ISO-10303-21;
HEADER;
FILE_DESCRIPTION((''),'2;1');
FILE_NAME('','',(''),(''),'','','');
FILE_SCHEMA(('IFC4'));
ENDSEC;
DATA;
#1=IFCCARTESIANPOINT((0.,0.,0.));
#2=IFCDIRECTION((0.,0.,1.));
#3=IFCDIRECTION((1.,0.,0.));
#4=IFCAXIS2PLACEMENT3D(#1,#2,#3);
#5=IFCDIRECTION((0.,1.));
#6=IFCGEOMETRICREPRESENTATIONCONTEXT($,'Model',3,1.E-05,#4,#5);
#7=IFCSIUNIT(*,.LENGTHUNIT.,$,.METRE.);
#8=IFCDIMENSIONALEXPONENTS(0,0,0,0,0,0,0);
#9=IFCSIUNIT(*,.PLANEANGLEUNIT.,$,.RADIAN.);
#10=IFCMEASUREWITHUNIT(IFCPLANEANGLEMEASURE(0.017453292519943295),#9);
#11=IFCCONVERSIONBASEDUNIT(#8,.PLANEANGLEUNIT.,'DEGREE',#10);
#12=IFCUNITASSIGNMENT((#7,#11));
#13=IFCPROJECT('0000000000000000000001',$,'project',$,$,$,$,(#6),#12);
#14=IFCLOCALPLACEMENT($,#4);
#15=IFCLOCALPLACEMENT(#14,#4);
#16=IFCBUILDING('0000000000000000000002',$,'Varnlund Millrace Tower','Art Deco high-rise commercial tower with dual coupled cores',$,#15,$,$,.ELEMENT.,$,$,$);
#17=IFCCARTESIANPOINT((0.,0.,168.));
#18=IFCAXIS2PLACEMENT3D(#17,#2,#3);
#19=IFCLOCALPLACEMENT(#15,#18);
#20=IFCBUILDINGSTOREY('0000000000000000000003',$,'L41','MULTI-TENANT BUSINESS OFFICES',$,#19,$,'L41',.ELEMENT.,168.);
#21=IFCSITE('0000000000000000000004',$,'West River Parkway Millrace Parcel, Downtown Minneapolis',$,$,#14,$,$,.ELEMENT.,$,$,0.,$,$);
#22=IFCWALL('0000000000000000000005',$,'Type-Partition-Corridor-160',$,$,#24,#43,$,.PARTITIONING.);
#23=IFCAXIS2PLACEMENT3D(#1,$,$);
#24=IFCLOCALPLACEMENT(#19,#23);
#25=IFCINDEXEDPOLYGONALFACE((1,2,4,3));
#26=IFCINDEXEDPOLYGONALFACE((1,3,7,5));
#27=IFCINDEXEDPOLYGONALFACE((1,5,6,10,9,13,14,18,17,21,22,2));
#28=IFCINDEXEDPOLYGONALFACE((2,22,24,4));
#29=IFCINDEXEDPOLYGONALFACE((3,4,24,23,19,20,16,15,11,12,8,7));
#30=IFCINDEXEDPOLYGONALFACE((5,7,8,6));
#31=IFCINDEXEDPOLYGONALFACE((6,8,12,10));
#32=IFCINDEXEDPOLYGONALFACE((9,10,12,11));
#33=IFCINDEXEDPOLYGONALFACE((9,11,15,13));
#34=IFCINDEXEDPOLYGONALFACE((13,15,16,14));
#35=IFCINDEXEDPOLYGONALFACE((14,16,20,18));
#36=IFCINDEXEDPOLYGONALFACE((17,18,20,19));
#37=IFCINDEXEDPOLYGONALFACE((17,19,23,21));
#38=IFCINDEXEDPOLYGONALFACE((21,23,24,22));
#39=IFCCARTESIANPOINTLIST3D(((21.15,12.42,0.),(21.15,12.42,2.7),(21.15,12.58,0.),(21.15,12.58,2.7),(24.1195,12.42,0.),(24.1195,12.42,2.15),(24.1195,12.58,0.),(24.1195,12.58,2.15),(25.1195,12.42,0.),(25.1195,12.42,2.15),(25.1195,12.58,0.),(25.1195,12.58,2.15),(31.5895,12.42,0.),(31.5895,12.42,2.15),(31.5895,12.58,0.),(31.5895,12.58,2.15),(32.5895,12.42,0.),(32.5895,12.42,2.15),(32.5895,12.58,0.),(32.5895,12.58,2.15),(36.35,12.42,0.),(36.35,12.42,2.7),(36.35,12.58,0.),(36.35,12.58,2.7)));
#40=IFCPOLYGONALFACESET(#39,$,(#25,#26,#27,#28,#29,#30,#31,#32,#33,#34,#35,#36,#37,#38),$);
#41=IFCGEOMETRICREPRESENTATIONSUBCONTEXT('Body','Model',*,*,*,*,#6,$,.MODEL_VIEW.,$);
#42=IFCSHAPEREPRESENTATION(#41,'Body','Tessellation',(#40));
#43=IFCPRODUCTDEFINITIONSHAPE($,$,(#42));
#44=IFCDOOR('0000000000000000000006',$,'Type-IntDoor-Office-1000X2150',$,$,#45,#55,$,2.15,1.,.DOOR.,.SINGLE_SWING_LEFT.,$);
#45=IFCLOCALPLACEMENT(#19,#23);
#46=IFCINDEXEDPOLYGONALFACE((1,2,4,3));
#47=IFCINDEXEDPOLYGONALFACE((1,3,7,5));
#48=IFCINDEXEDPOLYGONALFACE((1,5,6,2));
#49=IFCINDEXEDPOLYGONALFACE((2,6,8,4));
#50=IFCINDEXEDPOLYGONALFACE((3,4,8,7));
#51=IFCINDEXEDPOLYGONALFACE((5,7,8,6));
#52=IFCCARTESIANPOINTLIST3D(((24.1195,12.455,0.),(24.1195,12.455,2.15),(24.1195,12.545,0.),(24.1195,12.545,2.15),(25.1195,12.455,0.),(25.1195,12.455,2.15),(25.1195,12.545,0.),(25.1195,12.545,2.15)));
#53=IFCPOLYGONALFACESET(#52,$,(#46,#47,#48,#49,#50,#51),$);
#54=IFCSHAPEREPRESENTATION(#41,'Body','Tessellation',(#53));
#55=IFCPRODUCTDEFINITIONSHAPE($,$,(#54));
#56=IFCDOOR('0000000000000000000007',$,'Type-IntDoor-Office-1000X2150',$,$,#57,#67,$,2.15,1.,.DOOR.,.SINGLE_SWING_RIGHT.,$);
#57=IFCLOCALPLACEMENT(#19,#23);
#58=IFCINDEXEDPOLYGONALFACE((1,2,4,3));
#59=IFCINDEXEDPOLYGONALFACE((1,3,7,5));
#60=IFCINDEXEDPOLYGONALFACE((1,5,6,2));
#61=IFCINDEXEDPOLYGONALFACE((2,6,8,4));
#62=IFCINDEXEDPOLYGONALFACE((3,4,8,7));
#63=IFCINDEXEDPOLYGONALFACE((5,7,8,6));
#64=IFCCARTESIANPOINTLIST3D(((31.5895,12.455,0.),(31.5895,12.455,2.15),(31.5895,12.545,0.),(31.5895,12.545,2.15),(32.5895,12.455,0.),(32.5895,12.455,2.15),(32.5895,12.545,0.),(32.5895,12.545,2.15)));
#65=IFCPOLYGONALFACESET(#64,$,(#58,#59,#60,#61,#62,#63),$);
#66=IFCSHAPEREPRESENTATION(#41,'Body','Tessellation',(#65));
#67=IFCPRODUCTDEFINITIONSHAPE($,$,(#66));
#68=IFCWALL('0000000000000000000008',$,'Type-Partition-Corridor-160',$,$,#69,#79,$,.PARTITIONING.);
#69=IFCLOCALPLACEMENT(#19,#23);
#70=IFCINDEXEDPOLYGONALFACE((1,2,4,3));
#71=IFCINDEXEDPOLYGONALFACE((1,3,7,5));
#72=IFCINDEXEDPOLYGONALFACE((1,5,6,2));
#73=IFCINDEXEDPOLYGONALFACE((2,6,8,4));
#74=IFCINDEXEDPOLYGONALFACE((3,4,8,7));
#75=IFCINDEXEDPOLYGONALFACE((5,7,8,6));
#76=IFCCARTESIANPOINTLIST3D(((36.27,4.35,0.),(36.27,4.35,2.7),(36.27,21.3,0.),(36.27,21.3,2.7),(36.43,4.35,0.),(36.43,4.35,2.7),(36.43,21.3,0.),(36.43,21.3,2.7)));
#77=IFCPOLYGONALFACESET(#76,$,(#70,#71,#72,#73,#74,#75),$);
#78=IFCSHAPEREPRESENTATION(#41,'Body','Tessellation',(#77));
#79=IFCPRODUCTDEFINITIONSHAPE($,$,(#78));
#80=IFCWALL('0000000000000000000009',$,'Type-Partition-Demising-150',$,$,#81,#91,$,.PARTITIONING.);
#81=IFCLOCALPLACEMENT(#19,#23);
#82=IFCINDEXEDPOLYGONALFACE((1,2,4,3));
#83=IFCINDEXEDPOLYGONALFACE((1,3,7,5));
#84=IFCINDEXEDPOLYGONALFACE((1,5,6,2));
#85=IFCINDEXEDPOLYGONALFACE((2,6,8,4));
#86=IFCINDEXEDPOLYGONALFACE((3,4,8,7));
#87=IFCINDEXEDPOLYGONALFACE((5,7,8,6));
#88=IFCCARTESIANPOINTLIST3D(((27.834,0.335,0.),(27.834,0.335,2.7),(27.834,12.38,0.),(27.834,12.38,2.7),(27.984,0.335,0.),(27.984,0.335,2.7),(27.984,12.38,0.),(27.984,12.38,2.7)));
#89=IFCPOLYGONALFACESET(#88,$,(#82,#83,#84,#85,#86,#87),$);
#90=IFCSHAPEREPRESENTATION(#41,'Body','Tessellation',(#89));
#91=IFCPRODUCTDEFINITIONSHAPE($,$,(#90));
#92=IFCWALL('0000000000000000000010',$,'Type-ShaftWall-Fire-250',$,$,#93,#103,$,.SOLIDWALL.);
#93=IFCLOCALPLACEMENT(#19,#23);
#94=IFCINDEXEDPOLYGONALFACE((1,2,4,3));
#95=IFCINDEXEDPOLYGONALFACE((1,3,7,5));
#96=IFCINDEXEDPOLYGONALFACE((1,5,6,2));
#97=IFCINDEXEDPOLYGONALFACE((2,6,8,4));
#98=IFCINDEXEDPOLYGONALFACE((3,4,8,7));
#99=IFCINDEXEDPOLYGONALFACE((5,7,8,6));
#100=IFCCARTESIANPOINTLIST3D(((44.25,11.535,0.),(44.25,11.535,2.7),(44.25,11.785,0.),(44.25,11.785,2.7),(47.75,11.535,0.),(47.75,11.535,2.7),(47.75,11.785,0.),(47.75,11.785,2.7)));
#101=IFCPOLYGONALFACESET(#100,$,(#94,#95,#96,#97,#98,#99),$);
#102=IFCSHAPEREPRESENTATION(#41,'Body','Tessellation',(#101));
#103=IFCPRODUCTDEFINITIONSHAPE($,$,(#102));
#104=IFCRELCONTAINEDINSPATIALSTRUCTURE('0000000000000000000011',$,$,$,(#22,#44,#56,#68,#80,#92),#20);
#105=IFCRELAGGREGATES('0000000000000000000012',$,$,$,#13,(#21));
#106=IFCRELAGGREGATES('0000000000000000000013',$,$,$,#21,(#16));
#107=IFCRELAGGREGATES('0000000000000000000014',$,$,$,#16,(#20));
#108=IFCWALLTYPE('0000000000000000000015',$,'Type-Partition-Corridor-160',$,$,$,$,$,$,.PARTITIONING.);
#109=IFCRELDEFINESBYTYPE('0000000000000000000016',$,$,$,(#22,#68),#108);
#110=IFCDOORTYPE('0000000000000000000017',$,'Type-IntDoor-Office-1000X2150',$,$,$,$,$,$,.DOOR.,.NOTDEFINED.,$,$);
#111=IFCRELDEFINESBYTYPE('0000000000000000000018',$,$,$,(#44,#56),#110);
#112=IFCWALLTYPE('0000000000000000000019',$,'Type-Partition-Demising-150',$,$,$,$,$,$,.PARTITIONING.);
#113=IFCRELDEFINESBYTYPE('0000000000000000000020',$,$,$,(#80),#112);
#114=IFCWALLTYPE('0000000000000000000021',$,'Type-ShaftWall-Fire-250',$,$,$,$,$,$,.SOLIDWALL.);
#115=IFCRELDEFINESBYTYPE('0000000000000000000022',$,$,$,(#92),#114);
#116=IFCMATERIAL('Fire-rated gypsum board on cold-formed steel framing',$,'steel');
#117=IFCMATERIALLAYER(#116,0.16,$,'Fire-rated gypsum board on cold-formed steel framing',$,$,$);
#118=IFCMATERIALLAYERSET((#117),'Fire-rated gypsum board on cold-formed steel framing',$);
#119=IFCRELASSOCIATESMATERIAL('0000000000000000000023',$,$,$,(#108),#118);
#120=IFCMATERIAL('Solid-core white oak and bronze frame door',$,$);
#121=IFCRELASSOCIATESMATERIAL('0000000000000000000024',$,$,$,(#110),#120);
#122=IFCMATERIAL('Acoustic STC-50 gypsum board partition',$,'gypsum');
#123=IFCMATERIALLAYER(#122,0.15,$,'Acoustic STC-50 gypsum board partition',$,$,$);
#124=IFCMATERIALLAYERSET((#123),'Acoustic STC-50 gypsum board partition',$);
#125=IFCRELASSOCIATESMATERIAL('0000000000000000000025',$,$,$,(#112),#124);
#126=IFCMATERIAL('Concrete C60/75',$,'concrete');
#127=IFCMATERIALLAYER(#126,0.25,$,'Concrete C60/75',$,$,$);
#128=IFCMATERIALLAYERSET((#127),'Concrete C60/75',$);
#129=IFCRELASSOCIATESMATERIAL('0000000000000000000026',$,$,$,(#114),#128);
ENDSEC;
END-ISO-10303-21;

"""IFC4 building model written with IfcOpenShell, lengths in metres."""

from ifc_helpers import new_model, entity, si_unit, converted_unit, direction, frame, origin_with_axes, origin_2d_with_axis, place, context, subcontext, project, spatial, polyline, rectangle, outline, extrude, material, layer, layer_set, type_object, element, fill, save


model = new_model("IFC4")

# Units and contexts
model_context = context("Model", 3, precision=1e-05, world=origin_with_axes(), true_north=direction((0.0, 1.0)))
body_context = subcontext(model_context, "Body", "Model", "MODEL_VIEW")
ifc_project = project(units=[si_unit("LENGTHUNIT", "METRE"), converted_unit("PLANEANGLEUNIT", "DEGREE", entity("IfcPlaneAngleMeasure", 0.017453292519943295), si_unit("PLANEANGLEUNIT", "RADIAN"), dimensions=[0, 0, 0, 0, 0, 0, 0])], contexts=[model_context])

# Site, building, storey
site_placement = place(None, origin_with_axes())
site = spatial("IfcSite", under=ifc_project, at=site_placement, Name="West River Parkway Millrace Parcel, Downtown Minneapolis", CompositionType="ELEMENT", RefElevation=0.0)
building_placement = place(site_placement, origin_with_axes())
building = spatial("IfcBuilding", under=site, at=building_placement, Name="Varnlund Millrace Tower", Description="Art Deco high-rise commercial tower with dual coupled cores", CompositionType="ELEMENT")
storey_placement = place(building_placement, frame((0.0, 0.0, 168.0), z_axis=(0.0, 0.0, 1.0), x_axis=(1.0, 0.0, 0.0)))
storey = spatial("IfcBuildingStorey", under=building, at=storey_placement, Name="L41", Description="MULTI-TENANT BUSINESS OFFICES", LongName="L41", CompositionType="ELEMENT", Elevation=168.0)

# Wall, openings, doors
ifc_material_1 = material(Name="Fire-rated gypsum board on cold-formed steel framing", Category="steel")
ifc_layer_1 = layer(ifc_material_1, 0.16, Name="Fire-rated gypsum board on cold-formed steel framing")
ifc_layer_set_1 = layer_set([ifc_layer_1], Name="Fire-rated gypsum board on cold-formed steel framing")
wall_type_1 = type_object("IfcWallType", Name="Type-Partition-Corridor-160", PredefinedType="PARTITIONING", material=ifc_layer_set_1)
ifc_material_2 = material(Name="Solid-core white oak and bronze frame door")
door_type_1 = type_object("IfcDoorType", Name="Type-IntDoor-Office-1000X2150", OperationType="NOTDEFINED", PredefinedType="DOOR", material=ifc_material_2)
wall_1_placement = place(storey_placement, frame((21.15, 12.5, 0.0), z_axis=(0.0, 0.0, 1.0), x_axis=(1.0, 0.0, 0.0)))
wall_1 = element("IfcWall", 1, at=wall_1_placement, inside=storey, type_object=wall_type_1, Name="Type-Partition-Corridor-160", PredefinedType="PARTITIONING", context=body_context, shape_type="SweptSolid", body=[
    extrude(outline(polyline([(0.0, -0.08), (15.2, -0.08), (15.2, 0.08), (0.0, 0.08), (0.0, -0.08)])), origin_with_axes(), (0.0, 0.0, 1.0), 2.7),
])
opening_1_placement = place(wall_1_placement, frame((3.4695, 0.0, 0.0), z_axis=(0.0, 0.0, 1.0), x_axis=(1.0, 0.0, 0.0)))
opening_1 = element("IfcOpeningElement", 2, at=opening_1_placement, cuts=wall_1, PredefinedType="OPENING", context=body_context, shape_type="SweptSolid", body=[
    extrude(rectangle(XDim=1.0, YDim=0.18, at=origin_2d_with_axis()), origin_with_axes(), (0.0, 0.0, 1.0), 2.15),
])
opening_2_placement = place(wall_1_placement, frame((10.9395, 0.0, 0.0), z_axis=(0.0, 0.0, 1.0), x_axis=(1.0, 0.0, 0.0)))
opening_2 = element("IfcOpeningElement", 3, at=opening_2_placement, cuts=wall_1, PredefinedType="OPENING", context=body_context, shape_type="SweptSolid", body=[
    extrude(rectangle(XDim=1.0, YDim=0.18, at=origin_2d_with_axis()), origin_with_axes(), (0.0, 0.0, 1.0), 2.15),
])
door_1_placement = place(wall_1_placement, frame((3.4695, 0.0, 0.0), z_axis=(0.0, 0.0, 1.0), x_axis=(1.0, 0.0, 0.0)))
door_1 = element("IfcDoor", 4, at=door_1_placement, inside=storey, type_object=door_type_1, Name="Type-IntDoor-Office-1000X2150", OperationType="SINGLE_SWING_LEFT", OverallHeight=2.15, OverallWidth=1.0, PredefinedType="DOOR", context=body_context, shape_type="SweptSolid", body=[
    extrude(rectangle(XDim=1.0, YDim=0.09, at=origin_2d_with_axis()), origin_with_axes(), (0.0, 0.0, 1.0), 2.15),
])
fill(opening_1, door_1)
door_2_placement = place(wall_1_placement, frame((10.9395, 0.0, 0.0), z_axis=(0.0, 0.0, 1.0), x_axis=(1.0, 0.0, 0.0)))
door_2 = element("IfcDoor", 5, at=door_2_placement, inside=storey, type_object=door_type_1, Name="Type-IntDoor-Office-1000X2150", OperationType="SINGLE_SWING_RIGHT", OverallHeight=2.15, OverallWidth=1.0, PredefinedType="DOOR", context=body_context, shape_type="SweptSolid", body=[
    extrude(rectangle(XDim=1.0, YDim=0.09, at=origin_2d_with_axis()), origin_with_axes(), (0.0, 0.0, 1.0), 2.15),
])
fill(opening_2, door_2)

# Walls
wall_2_placement = place(storey_placement, frame((36.35, 4.35, 0.0), z_axis=(0.0, 0.0, 1.0), x_axis=(0.0, 1.0, 0.0)))
element("IfcWall", 6, at=wall_2_placement, inside=storey, type_object=wall_type_1, Name="Type-Partition-Corridor-160", PredefinedType="PARTITIONING", context=body_context, shape_type="SweptSolid", body=[
    extrude(outline(polyline([(0.0, -0.08), (16.95, -0.08), (16.95, 0.08), (0.0, 0.08), (0.0, -0.08)])), origin_with_axes(), (0.0, 0.0, 1.0), 2.7),
])
ifc_material_3 = material(Name="Acoustic STC-50 gypsum board partition", Category="gypsum")
ifc_layer_2 = layer(ifc_material_3, 0.15, Name="Acoustic STC-50 gypsum board partition")
ifc_layer_set_2 = layer_set([ifc_layer_2], Name="Acoustic STC-50 gypsum board partition")
wall_type_2 = type_object("IfcWallType", Name="Type-Partition-Demising-150", PredefinedType="PARTITIONING", material=ifc_layer_set_2)
wall_3_placement = place(storey_placement, frame((27.909, 0.335, 0.0), z_axis=(0.0, 0.0, 1.0), x_axis=(0.0, 1.0, 0.0)))
element("IfcWall", 7, at=wall_3_placement, inside=storey, type_object=wall_type_2, Name="Type-Partition-Demising-150", PredefinedType="PARTITIONING", context=body_context, shape_type="SweptSolid", body=[
    extrude(outline(polyline([(0.0, -0.075), (12.045, -0.075), (12.045, 0.075), (0.0, 0.075), (0.0, -0.075)])), origin_with_axes(), (0.0, 0.0, 1.0), 2.7),
])
ifc_material_4 = material(Name="Concrete C60/75", Category="concrete")
ifc_layer_3 = layer(ifc_material_4, 0.25, Name="Concrete C60/75")
ifc_layer_set_3 = layer_set([ifc_layer_3], Name="Concrete C60/75")
wall_type_3 = type_object("IfcWallType", Name="Type-ShaftWall-Fire-250", PredefinedType="SOLIDWALL", material=ifc_layer_set_3)
wall_4_placement = place(storey_placement, frame((44.25, 11.66, 0.0), z_axis=(0.0, 0.0, 1.0), x_axis=(1.0, 0.0, 0.0)))
element("IfcWall", 8, at=wall_4_placement, inside=storey, type_object=wall_type_3, Name="Type-ShaftWall-Fire-250", PredefinedType="SOLIDWALL", context=body_context, shape_type="SweptSolid", body=[
    extrude(outline(polyline([(0.0, -0.125), (3.5, -0.125), (3.5, 0.125), (0.0, 0.125), (0.0, -0.125)])), origin_with_axes(), (0.0, 0.0, 1.0), 2.7),
])

save(model, "model.ifc")
